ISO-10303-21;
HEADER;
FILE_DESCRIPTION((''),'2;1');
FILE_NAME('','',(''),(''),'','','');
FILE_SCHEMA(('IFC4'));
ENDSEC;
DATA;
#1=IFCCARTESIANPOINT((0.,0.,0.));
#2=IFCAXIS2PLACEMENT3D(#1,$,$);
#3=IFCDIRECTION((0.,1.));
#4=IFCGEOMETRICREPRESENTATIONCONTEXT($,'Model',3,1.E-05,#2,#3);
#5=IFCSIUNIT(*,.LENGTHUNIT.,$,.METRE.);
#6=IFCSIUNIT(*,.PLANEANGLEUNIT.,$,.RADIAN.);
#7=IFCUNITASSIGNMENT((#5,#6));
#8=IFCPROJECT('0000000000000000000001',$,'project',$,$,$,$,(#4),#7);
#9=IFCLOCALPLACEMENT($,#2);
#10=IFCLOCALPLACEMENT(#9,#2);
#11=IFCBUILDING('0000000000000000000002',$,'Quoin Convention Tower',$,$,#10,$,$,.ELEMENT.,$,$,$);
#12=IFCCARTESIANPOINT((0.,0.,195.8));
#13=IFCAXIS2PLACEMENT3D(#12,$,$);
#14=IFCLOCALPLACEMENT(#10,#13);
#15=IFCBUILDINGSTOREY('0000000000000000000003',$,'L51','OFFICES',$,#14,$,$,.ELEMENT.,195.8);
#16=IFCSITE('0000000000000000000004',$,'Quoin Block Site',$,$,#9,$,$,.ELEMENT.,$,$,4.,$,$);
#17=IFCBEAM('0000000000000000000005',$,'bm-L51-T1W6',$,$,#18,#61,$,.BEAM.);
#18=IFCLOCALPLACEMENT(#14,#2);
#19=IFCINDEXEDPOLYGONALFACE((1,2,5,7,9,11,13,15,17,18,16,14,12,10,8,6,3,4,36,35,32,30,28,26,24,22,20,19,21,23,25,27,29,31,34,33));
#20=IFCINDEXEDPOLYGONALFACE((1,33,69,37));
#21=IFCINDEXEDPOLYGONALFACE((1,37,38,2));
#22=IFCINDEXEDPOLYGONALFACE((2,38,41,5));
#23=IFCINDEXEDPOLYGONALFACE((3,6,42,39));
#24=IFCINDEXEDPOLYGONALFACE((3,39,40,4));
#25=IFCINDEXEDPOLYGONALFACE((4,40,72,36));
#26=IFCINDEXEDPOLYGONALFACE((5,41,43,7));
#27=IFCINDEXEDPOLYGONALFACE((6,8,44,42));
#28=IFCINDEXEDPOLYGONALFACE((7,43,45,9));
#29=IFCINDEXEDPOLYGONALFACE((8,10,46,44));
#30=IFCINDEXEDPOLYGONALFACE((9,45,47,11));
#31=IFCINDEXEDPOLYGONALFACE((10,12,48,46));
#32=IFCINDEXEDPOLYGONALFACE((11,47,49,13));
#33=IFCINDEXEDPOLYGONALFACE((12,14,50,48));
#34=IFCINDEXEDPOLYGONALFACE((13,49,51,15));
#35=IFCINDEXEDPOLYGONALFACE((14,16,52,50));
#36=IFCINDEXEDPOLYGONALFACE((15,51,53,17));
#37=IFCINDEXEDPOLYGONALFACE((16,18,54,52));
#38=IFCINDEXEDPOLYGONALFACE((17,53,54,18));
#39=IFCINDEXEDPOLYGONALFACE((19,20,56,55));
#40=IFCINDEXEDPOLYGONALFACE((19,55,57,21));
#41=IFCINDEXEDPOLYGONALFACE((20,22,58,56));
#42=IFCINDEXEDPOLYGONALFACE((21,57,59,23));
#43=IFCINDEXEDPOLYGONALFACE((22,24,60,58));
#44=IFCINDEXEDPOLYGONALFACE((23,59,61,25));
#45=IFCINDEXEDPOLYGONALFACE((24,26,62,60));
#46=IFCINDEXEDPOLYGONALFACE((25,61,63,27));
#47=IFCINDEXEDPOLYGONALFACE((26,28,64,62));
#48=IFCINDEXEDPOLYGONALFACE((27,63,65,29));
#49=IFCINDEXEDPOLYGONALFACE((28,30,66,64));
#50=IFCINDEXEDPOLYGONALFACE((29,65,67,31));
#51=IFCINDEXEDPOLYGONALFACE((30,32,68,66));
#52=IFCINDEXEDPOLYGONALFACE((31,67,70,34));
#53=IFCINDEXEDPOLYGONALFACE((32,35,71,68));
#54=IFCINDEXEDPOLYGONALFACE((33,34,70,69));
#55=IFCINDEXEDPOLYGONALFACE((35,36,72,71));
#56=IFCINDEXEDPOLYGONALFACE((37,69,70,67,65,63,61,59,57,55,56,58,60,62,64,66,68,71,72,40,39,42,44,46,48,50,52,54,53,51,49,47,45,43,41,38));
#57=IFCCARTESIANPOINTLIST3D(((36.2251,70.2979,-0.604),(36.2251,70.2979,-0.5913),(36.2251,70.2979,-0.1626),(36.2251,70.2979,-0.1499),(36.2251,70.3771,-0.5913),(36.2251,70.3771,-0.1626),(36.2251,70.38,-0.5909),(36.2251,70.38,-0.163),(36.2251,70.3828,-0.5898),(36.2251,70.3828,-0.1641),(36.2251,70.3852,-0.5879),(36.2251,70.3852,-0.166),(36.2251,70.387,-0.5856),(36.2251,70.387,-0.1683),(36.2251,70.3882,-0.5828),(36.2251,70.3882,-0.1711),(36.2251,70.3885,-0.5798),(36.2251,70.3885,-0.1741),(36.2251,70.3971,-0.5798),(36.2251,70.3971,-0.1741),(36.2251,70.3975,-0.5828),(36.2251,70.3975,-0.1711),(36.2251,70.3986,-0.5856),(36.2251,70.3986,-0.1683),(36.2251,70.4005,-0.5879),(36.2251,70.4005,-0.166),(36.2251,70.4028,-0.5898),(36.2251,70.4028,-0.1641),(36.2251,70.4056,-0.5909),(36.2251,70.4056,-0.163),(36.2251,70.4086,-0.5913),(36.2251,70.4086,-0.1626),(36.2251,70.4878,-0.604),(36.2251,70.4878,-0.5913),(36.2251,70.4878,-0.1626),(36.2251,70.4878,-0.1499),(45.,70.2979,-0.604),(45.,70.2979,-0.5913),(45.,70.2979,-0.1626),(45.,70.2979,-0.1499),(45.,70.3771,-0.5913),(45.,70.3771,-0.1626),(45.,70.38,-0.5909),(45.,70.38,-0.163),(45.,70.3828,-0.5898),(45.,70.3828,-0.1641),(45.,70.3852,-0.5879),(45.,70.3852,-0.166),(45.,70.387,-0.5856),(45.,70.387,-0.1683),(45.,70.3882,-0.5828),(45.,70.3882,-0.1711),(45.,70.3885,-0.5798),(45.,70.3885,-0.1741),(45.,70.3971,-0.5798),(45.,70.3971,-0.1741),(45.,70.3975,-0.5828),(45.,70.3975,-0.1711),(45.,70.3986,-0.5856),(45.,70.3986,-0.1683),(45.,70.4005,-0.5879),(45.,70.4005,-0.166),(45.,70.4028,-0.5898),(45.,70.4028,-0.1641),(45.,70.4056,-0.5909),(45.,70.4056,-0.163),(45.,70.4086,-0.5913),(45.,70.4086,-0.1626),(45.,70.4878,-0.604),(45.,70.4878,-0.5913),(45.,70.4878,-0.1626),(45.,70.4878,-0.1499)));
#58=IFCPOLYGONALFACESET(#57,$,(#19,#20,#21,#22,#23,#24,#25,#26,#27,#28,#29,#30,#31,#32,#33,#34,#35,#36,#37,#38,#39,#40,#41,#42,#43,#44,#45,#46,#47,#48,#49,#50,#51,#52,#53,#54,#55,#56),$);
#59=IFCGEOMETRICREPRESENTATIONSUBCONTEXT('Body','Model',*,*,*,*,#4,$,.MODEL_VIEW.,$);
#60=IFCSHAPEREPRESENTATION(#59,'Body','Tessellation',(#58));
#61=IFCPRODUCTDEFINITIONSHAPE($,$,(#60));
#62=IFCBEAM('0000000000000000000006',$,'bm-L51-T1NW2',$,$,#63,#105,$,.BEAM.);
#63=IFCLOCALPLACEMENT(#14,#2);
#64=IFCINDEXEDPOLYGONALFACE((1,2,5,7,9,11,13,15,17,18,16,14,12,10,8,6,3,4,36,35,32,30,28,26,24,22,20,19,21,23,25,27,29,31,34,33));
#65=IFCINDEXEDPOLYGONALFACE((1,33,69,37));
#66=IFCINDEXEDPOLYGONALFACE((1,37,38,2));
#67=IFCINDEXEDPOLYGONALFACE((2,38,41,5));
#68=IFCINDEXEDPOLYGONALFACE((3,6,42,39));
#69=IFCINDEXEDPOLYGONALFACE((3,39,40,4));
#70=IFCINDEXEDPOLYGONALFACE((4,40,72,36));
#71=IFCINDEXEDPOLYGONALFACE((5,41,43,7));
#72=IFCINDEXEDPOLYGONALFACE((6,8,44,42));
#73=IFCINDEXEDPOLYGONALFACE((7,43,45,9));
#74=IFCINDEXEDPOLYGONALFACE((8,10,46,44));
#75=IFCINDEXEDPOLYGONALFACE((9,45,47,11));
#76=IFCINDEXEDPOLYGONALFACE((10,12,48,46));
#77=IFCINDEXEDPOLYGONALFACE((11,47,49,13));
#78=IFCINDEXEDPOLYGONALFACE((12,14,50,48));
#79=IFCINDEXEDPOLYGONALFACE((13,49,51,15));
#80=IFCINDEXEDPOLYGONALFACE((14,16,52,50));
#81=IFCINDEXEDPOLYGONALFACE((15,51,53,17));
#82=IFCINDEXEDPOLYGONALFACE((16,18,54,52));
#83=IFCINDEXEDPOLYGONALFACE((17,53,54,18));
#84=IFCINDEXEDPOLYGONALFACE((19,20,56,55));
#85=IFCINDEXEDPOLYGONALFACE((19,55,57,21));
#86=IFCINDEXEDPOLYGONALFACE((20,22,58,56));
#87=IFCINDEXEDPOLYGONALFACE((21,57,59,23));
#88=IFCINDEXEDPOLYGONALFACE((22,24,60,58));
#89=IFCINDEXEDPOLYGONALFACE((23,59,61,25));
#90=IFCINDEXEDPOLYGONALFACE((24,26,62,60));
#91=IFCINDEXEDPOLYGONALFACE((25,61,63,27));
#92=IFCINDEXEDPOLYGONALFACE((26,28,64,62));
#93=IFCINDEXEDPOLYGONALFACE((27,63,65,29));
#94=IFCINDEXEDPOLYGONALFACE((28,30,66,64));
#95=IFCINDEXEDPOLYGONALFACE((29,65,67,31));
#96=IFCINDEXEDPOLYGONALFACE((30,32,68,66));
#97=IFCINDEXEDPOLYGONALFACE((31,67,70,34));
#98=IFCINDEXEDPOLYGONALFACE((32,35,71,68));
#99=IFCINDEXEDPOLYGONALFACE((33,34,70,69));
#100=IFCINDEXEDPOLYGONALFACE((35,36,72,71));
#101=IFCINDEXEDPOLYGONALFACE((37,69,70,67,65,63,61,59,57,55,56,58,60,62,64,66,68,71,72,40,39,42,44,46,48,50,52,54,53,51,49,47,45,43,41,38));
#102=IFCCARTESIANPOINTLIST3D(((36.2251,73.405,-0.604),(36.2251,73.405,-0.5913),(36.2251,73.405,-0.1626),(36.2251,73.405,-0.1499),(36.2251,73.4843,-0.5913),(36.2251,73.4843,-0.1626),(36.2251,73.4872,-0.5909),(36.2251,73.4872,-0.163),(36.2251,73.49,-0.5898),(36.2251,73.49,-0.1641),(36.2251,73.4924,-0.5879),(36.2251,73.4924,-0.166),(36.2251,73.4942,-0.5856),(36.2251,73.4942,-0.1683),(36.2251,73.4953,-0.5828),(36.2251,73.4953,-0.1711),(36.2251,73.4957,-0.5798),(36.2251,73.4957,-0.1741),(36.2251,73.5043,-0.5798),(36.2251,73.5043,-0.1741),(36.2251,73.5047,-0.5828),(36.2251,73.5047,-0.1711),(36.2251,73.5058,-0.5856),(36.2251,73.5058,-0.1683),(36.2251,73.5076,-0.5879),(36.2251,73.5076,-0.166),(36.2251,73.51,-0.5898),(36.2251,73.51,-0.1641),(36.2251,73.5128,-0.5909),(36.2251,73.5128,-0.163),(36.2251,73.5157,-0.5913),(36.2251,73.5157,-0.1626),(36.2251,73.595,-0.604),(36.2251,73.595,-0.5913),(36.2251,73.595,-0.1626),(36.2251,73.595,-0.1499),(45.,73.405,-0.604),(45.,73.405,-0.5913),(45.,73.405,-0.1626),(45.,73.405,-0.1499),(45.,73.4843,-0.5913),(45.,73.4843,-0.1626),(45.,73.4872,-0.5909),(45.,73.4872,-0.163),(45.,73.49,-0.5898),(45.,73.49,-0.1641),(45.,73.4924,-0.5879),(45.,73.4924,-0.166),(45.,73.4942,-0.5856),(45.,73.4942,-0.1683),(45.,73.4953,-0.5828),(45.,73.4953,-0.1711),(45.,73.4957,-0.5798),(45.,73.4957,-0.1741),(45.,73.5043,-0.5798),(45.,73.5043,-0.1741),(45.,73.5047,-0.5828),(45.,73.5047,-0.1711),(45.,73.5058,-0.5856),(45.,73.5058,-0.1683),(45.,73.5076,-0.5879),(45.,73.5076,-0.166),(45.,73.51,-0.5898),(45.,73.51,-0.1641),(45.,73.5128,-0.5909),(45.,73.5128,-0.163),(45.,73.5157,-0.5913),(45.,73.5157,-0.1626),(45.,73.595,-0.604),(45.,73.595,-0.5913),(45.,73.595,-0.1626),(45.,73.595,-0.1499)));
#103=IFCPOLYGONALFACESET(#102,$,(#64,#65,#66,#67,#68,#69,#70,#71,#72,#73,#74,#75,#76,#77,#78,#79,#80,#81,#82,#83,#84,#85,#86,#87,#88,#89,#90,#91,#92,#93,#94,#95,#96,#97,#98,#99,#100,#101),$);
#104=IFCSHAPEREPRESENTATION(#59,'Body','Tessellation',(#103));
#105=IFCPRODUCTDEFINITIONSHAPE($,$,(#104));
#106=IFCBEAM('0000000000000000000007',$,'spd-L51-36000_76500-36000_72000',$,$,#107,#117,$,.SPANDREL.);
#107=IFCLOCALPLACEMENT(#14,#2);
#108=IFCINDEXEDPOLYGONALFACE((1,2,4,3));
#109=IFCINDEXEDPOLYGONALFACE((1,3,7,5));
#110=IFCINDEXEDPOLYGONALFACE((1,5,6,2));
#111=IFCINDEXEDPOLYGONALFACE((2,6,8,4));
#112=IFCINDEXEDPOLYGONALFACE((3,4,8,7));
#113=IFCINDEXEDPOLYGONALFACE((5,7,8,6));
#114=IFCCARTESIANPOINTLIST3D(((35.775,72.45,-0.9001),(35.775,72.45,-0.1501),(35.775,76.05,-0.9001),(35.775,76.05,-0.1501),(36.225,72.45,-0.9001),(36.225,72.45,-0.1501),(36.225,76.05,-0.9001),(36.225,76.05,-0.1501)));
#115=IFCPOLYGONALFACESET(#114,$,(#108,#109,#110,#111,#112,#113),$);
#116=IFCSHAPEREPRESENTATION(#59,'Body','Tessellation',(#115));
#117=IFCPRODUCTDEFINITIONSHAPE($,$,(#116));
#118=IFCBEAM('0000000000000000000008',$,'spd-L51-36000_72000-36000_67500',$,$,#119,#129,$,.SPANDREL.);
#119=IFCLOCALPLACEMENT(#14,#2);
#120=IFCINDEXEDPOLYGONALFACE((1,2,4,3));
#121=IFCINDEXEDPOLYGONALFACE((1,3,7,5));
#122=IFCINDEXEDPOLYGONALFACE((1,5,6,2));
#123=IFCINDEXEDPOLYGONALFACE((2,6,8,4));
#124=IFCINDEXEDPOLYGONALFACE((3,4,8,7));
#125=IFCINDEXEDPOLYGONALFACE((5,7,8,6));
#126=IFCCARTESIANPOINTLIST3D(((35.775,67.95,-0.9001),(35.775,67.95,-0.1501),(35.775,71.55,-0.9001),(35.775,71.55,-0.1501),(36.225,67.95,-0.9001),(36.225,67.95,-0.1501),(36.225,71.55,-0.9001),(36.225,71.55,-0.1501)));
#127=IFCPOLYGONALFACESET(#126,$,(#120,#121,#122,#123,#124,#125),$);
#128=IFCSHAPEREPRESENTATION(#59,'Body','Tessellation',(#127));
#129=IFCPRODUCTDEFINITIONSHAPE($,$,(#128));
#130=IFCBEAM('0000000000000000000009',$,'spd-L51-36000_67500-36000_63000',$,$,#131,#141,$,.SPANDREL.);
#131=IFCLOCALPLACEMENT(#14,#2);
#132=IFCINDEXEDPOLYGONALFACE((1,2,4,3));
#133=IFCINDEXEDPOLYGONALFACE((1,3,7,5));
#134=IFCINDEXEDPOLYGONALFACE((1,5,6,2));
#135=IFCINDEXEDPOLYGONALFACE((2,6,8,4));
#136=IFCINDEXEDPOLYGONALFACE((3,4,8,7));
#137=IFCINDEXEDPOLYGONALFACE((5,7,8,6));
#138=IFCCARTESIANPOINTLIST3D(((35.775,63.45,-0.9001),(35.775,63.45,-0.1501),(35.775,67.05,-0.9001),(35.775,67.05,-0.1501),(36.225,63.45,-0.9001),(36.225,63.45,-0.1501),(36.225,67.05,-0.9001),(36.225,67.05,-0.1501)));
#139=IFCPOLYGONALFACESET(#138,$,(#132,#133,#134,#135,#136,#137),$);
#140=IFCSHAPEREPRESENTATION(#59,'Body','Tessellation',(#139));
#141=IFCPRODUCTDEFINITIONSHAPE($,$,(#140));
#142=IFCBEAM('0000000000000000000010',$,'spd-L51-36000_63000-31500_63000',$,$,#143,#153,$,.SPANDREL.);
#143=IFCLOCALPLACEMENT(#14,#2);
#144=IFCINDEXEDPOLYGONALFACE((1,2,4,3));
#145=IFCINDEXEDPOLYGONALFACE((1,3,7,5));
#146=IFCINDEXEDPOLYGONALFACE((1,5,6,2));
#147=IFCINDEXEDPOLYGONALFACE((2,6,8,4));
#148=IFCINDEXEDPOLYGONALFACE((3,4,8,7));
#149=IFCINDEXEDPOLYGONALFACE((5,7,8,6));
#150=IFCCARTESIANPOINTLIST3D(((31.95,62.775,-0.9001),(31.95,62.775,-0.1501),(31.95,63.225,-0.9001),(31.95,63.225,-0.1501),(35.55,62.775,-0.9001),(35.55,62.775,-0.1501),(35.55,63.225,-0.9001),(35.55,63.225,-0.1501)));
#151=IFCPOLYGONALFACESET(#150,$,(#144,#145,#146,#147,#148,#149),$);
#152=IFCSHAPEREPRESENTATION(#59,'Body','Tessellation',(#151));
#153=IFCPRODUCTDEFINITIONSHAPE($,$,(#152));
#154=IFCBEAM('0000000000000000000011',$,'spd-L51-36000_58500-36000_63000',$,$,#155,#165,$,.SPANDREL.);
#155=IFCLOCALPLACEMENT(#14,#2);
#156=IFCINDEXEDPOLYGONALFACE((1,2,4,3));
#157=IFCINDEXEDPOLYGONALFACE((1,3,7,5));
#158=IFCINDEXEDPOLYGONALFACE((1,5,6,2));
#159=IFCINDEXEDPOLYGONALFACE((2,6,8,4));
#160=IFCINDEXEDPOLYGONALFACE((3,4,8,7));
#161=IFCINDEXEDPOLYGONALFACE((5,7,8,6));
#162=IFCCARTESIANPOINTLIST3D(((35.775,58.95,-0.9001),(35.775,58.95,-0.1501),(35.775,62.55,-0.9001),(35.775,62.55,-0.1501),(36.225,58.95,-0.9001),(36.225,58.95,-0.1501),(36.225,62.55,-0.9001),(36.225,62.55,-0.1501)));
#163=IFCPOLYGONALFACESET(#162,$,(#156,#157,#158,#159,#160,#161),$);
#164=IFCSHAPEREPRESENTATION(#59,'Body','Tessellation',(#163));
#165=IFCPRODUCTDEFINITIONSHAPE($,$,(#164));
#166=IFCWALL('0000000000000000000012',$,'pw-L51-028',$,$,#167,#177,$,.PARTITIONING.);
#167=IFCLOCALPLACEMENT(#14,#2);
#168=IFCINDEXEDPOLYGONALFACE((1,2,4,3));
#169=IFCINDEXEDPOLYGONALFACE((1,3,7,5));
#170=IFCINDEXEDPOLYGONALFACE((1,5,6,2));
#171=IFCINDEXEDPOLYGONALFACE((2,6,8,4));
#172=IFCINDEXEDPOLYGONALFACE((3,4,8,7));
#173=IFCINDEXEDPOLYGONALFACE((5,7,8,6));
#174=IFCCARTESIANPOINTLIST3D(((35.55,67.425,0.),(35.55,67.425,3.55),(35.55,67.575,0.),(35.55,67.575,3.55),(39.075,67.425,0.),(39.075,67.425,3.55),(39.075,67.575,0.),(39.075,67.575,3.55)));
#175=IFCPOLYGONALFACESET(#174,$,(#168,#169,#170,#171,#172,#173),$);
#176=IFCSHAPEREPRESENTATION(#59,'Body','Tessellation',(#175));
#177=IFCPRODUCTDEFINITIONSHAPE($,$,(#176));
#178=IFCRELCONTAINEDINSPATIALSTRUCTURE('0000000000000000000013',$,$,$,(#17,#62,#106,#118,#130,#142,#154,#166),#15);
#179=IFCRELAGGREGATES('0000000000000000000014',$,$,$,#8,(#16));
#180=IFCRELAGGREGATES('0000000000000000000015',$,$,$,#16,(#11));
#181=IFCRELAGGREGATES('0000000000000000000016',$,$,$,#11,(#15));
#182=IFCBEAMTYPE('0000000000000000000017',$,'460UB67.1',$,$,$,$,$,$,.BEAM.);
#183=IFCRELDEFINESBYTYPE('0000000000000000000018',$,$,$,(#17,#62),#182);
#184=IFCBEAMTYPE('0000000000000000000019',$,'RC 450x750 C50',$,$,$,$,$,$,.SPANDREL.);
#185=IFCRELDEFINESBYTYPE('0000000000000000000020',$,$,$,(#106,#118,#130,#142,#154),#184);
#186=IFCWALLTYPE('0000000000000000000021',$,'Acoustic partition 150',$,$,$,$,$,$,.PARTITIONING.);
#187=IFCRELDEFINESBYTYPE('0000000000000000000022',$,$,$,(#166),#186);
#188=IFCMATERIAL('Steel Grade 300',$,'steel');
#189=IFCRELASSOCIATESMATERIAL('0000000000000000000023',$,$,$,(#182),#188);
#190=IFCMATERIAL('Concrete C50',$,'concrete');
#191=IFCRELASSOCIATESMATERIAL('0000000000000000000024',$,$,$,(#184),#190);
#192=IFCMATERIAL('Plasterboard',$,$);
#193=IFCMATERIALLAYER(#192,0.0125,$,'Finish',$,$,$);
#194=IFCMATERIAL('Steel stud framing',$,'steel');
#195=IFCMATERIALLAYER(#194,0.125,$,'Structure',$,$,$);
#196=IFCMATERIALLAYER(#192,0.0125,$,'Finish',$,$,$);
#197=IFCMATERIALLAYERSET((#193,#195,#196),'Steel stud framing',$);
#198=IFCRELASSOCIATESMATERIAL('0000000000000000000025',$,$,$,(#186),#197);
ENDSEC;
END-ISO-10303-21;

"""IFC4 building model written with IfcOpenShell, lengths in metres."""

from ifc_helpers import new_model, si_unit, direction, frame, frame_2d, origin, origin_2d, place, context, subcontext, project, spatial, rectangle, i_section, extrude, material, layer, layer_set, material_profile, profile_set, type_object, element, save


model = new_model("IFC4")

# Units and contexts
model_context = context("Model", 3, precision=1e-05, world=origin(), true_north=direction((0.0, 1.0)))
body_context = subcontext(model_context, "Body", "Model", "MODEL_VIEW")
ifc_project = project(units=[si_unit("LENGTHUNIT", "METRE"), si_unit("PLANEANGLEUNIT", "RADIAN")], contexts=[model_context])

# Site, building, storey
site_placement = place(None, origin())
site = spatial("IfcSite", under=ifc_project, at=site_placement, Name="Quoin Block Site", CompositionType="ELEMENT", RefElevation=4.0)
building_placement = place(site_placement, origin())
building = spatial("IfcBuilding", under=site, at=building_placement, Name="Quoin Convention Tower", CompositionType="ELEMENT")
storey_placement = place(building_placement, frame((0.0, 0.0, 195.8)))
storey = spatial("IfcBuildingStorey", under=building, at=storey_placement, Name="L51", Description="OFFICES", CompositionType="ELEMENT", Elevation=195.8)

# Shared definitions
ifc_material_1 = material(Name="Concrete C50", Category="concrete")

# Beams
ifc_material_2 = material(Name="Steel Grade 300", Category="steel")
ifc_material_profile_1 = material_profile(ifc_material_2, i_section(OverallWidth=0.1899, OverallDepth=0.4541, WebThickness=0.0085, FlangeThickness=0.0127, FilletRadius=0.0115, at=origin_2d()), Name="460UB67.1")
ifc_profile_set_1 = profile_set([ifc_material_profile_1], Name="Steel Grade 300")
beam_type_1 = type_object("IfcBeamType", Name="460UB67.1", PredefinedType="BEAM", material=ifc_profile_set_1)
for number, where, z_axis, x_axis, name in (
    (1, (36.2251, 70.3928, -0.377), (1.0, 0.0, 0.0), (0.0, 1.0, 0.0), "bm-L51-T1W6"),
    (2, (36.2251, 73.5, -0.377), (1.0, 0.0, 0.0), (0.0, 1.0, 0.0), "bm-L51-T1NW2"),
):
    element("IfcBeam", number, at=place(storey_placement, frame(where, z_axis=z_axis, x_axis=x_axis)), inside=storey, type_object=beam_type_1, Name=name, PredefinedType="BEAM", context=body_context, shape_type="SweptSolid", body=[
        extrude(i_section(OverallWidth=0.1899, OverallDepth=0.4541, WebThickness=0.0085, FlangeThickness=0.0127, FilletRadius=0.0115, at=origin_2d()), origin(), (0.0, 0.0, 1.0), 8.7749),
    ])
ifc_material_profile_2 = material_profile(ifc_material_1, rectangle(XDim=0.45, YDim=0.75, at=origin_2d()), Name="RC 450x750")
ifc_profile_set_2 = profile_set([ifc_material_profile_2], Name="Concrete C50")
beam_type_2 = type_object("IfcBeamType", Name="RC 450x750 C50", PredefinedType="SPANDREL", material=ifc_profile_set_2)
for number, where, z_axis, x_axis, name in (
    (3, (36.0, 76.05, -0.5251), (0.0, -1.0, 0.0), (1.0, 0.0, 0.0), "spd-L51-36000_76500-36000_72000"),
    (4, (36.0, 71.55, -0.5251), (0.0, -1.0, 0.0), (1.0, 0.0, 0.0), "spd-L51-36000_72000-36000_67500"),
    (5, (36.0, 67.05, -0.5251), (0.0, -1.0, 0.0), (1.0, 0.0, 0.0), "spd-L51-36000_67500-36000_63000"),
    (6, (35.55, 63.0, -0.5251), (-1.0, 0.0, 0.0), (0.0, -1.0, 0.0), "spd-L51-36000_63000-31500_63000"),
    (7, (36.0, 58.95, -0.5251), (0.0, 1.0, 0.0), (-1.0, 0.0, 0.0), "spd-L51-36000_58500-36000_63000"),
):
    element("IfcBeam", number, at=place(storey_placement, frame(where, z_axis=z_axis, x_axis=x_axis)), inside=storey, type_object=beam_type_2, Name=name, PredefinedType="SPANDREL", context=body_context, shape_type="SweptSolid", body=[
        extrude(rectangle(XDim=0.45, YDim=0.75, at=origin_2d()), origin(), (0.0, 0.0, 1.0), 3.6001),
    ])

# Wall
ifc_material_3 = material(Name="Plasterboard")
ifc_layer_1 = layer(ifc_material_3, 0.0125, Name="Finish")
ifc_material_4 = material(Name="Steel stud framing", Category="steel")
ifc_layer_2 = layer(ifc_material_4, 0.125, Name="Structure")
ifc_layer_3 = layer(ifc_material_3, 0.0125, Name="Finish")
ifc_layer_set_1 = layer_set([ifc_layer_1, ifc_layer_2, ifc_layer_3], Name="Steel stud framing")
wall_type_1 = type_object("IfcWallType", Name="Acoustic partition 150", PredefinedType="PARTITIONING", material=ifc_layer_set_1)
wall_1_placement = place(storey_placement, frame((35.55, 67.5, 0.0), z_axis=(0.0, 0.0, 1.0), x_axis=(1.0, 0.0, 0.0)))
element("IfcWall", 8, at=wall_1_placement, inside=storey, type_object=wall_type_1, Name="pw-L51-028", PredefinedType="PARTITIONING", context=body_context, shape_type="SweptSolid", body=[
    extrude(rectangle(XDim=3.5249, YDim=0.1499, at=frame_2d((1.7625, 0.0))), origin(), (0.0, 0.0, 1.0), 3.55),
])

save(model, "model.ifc")
